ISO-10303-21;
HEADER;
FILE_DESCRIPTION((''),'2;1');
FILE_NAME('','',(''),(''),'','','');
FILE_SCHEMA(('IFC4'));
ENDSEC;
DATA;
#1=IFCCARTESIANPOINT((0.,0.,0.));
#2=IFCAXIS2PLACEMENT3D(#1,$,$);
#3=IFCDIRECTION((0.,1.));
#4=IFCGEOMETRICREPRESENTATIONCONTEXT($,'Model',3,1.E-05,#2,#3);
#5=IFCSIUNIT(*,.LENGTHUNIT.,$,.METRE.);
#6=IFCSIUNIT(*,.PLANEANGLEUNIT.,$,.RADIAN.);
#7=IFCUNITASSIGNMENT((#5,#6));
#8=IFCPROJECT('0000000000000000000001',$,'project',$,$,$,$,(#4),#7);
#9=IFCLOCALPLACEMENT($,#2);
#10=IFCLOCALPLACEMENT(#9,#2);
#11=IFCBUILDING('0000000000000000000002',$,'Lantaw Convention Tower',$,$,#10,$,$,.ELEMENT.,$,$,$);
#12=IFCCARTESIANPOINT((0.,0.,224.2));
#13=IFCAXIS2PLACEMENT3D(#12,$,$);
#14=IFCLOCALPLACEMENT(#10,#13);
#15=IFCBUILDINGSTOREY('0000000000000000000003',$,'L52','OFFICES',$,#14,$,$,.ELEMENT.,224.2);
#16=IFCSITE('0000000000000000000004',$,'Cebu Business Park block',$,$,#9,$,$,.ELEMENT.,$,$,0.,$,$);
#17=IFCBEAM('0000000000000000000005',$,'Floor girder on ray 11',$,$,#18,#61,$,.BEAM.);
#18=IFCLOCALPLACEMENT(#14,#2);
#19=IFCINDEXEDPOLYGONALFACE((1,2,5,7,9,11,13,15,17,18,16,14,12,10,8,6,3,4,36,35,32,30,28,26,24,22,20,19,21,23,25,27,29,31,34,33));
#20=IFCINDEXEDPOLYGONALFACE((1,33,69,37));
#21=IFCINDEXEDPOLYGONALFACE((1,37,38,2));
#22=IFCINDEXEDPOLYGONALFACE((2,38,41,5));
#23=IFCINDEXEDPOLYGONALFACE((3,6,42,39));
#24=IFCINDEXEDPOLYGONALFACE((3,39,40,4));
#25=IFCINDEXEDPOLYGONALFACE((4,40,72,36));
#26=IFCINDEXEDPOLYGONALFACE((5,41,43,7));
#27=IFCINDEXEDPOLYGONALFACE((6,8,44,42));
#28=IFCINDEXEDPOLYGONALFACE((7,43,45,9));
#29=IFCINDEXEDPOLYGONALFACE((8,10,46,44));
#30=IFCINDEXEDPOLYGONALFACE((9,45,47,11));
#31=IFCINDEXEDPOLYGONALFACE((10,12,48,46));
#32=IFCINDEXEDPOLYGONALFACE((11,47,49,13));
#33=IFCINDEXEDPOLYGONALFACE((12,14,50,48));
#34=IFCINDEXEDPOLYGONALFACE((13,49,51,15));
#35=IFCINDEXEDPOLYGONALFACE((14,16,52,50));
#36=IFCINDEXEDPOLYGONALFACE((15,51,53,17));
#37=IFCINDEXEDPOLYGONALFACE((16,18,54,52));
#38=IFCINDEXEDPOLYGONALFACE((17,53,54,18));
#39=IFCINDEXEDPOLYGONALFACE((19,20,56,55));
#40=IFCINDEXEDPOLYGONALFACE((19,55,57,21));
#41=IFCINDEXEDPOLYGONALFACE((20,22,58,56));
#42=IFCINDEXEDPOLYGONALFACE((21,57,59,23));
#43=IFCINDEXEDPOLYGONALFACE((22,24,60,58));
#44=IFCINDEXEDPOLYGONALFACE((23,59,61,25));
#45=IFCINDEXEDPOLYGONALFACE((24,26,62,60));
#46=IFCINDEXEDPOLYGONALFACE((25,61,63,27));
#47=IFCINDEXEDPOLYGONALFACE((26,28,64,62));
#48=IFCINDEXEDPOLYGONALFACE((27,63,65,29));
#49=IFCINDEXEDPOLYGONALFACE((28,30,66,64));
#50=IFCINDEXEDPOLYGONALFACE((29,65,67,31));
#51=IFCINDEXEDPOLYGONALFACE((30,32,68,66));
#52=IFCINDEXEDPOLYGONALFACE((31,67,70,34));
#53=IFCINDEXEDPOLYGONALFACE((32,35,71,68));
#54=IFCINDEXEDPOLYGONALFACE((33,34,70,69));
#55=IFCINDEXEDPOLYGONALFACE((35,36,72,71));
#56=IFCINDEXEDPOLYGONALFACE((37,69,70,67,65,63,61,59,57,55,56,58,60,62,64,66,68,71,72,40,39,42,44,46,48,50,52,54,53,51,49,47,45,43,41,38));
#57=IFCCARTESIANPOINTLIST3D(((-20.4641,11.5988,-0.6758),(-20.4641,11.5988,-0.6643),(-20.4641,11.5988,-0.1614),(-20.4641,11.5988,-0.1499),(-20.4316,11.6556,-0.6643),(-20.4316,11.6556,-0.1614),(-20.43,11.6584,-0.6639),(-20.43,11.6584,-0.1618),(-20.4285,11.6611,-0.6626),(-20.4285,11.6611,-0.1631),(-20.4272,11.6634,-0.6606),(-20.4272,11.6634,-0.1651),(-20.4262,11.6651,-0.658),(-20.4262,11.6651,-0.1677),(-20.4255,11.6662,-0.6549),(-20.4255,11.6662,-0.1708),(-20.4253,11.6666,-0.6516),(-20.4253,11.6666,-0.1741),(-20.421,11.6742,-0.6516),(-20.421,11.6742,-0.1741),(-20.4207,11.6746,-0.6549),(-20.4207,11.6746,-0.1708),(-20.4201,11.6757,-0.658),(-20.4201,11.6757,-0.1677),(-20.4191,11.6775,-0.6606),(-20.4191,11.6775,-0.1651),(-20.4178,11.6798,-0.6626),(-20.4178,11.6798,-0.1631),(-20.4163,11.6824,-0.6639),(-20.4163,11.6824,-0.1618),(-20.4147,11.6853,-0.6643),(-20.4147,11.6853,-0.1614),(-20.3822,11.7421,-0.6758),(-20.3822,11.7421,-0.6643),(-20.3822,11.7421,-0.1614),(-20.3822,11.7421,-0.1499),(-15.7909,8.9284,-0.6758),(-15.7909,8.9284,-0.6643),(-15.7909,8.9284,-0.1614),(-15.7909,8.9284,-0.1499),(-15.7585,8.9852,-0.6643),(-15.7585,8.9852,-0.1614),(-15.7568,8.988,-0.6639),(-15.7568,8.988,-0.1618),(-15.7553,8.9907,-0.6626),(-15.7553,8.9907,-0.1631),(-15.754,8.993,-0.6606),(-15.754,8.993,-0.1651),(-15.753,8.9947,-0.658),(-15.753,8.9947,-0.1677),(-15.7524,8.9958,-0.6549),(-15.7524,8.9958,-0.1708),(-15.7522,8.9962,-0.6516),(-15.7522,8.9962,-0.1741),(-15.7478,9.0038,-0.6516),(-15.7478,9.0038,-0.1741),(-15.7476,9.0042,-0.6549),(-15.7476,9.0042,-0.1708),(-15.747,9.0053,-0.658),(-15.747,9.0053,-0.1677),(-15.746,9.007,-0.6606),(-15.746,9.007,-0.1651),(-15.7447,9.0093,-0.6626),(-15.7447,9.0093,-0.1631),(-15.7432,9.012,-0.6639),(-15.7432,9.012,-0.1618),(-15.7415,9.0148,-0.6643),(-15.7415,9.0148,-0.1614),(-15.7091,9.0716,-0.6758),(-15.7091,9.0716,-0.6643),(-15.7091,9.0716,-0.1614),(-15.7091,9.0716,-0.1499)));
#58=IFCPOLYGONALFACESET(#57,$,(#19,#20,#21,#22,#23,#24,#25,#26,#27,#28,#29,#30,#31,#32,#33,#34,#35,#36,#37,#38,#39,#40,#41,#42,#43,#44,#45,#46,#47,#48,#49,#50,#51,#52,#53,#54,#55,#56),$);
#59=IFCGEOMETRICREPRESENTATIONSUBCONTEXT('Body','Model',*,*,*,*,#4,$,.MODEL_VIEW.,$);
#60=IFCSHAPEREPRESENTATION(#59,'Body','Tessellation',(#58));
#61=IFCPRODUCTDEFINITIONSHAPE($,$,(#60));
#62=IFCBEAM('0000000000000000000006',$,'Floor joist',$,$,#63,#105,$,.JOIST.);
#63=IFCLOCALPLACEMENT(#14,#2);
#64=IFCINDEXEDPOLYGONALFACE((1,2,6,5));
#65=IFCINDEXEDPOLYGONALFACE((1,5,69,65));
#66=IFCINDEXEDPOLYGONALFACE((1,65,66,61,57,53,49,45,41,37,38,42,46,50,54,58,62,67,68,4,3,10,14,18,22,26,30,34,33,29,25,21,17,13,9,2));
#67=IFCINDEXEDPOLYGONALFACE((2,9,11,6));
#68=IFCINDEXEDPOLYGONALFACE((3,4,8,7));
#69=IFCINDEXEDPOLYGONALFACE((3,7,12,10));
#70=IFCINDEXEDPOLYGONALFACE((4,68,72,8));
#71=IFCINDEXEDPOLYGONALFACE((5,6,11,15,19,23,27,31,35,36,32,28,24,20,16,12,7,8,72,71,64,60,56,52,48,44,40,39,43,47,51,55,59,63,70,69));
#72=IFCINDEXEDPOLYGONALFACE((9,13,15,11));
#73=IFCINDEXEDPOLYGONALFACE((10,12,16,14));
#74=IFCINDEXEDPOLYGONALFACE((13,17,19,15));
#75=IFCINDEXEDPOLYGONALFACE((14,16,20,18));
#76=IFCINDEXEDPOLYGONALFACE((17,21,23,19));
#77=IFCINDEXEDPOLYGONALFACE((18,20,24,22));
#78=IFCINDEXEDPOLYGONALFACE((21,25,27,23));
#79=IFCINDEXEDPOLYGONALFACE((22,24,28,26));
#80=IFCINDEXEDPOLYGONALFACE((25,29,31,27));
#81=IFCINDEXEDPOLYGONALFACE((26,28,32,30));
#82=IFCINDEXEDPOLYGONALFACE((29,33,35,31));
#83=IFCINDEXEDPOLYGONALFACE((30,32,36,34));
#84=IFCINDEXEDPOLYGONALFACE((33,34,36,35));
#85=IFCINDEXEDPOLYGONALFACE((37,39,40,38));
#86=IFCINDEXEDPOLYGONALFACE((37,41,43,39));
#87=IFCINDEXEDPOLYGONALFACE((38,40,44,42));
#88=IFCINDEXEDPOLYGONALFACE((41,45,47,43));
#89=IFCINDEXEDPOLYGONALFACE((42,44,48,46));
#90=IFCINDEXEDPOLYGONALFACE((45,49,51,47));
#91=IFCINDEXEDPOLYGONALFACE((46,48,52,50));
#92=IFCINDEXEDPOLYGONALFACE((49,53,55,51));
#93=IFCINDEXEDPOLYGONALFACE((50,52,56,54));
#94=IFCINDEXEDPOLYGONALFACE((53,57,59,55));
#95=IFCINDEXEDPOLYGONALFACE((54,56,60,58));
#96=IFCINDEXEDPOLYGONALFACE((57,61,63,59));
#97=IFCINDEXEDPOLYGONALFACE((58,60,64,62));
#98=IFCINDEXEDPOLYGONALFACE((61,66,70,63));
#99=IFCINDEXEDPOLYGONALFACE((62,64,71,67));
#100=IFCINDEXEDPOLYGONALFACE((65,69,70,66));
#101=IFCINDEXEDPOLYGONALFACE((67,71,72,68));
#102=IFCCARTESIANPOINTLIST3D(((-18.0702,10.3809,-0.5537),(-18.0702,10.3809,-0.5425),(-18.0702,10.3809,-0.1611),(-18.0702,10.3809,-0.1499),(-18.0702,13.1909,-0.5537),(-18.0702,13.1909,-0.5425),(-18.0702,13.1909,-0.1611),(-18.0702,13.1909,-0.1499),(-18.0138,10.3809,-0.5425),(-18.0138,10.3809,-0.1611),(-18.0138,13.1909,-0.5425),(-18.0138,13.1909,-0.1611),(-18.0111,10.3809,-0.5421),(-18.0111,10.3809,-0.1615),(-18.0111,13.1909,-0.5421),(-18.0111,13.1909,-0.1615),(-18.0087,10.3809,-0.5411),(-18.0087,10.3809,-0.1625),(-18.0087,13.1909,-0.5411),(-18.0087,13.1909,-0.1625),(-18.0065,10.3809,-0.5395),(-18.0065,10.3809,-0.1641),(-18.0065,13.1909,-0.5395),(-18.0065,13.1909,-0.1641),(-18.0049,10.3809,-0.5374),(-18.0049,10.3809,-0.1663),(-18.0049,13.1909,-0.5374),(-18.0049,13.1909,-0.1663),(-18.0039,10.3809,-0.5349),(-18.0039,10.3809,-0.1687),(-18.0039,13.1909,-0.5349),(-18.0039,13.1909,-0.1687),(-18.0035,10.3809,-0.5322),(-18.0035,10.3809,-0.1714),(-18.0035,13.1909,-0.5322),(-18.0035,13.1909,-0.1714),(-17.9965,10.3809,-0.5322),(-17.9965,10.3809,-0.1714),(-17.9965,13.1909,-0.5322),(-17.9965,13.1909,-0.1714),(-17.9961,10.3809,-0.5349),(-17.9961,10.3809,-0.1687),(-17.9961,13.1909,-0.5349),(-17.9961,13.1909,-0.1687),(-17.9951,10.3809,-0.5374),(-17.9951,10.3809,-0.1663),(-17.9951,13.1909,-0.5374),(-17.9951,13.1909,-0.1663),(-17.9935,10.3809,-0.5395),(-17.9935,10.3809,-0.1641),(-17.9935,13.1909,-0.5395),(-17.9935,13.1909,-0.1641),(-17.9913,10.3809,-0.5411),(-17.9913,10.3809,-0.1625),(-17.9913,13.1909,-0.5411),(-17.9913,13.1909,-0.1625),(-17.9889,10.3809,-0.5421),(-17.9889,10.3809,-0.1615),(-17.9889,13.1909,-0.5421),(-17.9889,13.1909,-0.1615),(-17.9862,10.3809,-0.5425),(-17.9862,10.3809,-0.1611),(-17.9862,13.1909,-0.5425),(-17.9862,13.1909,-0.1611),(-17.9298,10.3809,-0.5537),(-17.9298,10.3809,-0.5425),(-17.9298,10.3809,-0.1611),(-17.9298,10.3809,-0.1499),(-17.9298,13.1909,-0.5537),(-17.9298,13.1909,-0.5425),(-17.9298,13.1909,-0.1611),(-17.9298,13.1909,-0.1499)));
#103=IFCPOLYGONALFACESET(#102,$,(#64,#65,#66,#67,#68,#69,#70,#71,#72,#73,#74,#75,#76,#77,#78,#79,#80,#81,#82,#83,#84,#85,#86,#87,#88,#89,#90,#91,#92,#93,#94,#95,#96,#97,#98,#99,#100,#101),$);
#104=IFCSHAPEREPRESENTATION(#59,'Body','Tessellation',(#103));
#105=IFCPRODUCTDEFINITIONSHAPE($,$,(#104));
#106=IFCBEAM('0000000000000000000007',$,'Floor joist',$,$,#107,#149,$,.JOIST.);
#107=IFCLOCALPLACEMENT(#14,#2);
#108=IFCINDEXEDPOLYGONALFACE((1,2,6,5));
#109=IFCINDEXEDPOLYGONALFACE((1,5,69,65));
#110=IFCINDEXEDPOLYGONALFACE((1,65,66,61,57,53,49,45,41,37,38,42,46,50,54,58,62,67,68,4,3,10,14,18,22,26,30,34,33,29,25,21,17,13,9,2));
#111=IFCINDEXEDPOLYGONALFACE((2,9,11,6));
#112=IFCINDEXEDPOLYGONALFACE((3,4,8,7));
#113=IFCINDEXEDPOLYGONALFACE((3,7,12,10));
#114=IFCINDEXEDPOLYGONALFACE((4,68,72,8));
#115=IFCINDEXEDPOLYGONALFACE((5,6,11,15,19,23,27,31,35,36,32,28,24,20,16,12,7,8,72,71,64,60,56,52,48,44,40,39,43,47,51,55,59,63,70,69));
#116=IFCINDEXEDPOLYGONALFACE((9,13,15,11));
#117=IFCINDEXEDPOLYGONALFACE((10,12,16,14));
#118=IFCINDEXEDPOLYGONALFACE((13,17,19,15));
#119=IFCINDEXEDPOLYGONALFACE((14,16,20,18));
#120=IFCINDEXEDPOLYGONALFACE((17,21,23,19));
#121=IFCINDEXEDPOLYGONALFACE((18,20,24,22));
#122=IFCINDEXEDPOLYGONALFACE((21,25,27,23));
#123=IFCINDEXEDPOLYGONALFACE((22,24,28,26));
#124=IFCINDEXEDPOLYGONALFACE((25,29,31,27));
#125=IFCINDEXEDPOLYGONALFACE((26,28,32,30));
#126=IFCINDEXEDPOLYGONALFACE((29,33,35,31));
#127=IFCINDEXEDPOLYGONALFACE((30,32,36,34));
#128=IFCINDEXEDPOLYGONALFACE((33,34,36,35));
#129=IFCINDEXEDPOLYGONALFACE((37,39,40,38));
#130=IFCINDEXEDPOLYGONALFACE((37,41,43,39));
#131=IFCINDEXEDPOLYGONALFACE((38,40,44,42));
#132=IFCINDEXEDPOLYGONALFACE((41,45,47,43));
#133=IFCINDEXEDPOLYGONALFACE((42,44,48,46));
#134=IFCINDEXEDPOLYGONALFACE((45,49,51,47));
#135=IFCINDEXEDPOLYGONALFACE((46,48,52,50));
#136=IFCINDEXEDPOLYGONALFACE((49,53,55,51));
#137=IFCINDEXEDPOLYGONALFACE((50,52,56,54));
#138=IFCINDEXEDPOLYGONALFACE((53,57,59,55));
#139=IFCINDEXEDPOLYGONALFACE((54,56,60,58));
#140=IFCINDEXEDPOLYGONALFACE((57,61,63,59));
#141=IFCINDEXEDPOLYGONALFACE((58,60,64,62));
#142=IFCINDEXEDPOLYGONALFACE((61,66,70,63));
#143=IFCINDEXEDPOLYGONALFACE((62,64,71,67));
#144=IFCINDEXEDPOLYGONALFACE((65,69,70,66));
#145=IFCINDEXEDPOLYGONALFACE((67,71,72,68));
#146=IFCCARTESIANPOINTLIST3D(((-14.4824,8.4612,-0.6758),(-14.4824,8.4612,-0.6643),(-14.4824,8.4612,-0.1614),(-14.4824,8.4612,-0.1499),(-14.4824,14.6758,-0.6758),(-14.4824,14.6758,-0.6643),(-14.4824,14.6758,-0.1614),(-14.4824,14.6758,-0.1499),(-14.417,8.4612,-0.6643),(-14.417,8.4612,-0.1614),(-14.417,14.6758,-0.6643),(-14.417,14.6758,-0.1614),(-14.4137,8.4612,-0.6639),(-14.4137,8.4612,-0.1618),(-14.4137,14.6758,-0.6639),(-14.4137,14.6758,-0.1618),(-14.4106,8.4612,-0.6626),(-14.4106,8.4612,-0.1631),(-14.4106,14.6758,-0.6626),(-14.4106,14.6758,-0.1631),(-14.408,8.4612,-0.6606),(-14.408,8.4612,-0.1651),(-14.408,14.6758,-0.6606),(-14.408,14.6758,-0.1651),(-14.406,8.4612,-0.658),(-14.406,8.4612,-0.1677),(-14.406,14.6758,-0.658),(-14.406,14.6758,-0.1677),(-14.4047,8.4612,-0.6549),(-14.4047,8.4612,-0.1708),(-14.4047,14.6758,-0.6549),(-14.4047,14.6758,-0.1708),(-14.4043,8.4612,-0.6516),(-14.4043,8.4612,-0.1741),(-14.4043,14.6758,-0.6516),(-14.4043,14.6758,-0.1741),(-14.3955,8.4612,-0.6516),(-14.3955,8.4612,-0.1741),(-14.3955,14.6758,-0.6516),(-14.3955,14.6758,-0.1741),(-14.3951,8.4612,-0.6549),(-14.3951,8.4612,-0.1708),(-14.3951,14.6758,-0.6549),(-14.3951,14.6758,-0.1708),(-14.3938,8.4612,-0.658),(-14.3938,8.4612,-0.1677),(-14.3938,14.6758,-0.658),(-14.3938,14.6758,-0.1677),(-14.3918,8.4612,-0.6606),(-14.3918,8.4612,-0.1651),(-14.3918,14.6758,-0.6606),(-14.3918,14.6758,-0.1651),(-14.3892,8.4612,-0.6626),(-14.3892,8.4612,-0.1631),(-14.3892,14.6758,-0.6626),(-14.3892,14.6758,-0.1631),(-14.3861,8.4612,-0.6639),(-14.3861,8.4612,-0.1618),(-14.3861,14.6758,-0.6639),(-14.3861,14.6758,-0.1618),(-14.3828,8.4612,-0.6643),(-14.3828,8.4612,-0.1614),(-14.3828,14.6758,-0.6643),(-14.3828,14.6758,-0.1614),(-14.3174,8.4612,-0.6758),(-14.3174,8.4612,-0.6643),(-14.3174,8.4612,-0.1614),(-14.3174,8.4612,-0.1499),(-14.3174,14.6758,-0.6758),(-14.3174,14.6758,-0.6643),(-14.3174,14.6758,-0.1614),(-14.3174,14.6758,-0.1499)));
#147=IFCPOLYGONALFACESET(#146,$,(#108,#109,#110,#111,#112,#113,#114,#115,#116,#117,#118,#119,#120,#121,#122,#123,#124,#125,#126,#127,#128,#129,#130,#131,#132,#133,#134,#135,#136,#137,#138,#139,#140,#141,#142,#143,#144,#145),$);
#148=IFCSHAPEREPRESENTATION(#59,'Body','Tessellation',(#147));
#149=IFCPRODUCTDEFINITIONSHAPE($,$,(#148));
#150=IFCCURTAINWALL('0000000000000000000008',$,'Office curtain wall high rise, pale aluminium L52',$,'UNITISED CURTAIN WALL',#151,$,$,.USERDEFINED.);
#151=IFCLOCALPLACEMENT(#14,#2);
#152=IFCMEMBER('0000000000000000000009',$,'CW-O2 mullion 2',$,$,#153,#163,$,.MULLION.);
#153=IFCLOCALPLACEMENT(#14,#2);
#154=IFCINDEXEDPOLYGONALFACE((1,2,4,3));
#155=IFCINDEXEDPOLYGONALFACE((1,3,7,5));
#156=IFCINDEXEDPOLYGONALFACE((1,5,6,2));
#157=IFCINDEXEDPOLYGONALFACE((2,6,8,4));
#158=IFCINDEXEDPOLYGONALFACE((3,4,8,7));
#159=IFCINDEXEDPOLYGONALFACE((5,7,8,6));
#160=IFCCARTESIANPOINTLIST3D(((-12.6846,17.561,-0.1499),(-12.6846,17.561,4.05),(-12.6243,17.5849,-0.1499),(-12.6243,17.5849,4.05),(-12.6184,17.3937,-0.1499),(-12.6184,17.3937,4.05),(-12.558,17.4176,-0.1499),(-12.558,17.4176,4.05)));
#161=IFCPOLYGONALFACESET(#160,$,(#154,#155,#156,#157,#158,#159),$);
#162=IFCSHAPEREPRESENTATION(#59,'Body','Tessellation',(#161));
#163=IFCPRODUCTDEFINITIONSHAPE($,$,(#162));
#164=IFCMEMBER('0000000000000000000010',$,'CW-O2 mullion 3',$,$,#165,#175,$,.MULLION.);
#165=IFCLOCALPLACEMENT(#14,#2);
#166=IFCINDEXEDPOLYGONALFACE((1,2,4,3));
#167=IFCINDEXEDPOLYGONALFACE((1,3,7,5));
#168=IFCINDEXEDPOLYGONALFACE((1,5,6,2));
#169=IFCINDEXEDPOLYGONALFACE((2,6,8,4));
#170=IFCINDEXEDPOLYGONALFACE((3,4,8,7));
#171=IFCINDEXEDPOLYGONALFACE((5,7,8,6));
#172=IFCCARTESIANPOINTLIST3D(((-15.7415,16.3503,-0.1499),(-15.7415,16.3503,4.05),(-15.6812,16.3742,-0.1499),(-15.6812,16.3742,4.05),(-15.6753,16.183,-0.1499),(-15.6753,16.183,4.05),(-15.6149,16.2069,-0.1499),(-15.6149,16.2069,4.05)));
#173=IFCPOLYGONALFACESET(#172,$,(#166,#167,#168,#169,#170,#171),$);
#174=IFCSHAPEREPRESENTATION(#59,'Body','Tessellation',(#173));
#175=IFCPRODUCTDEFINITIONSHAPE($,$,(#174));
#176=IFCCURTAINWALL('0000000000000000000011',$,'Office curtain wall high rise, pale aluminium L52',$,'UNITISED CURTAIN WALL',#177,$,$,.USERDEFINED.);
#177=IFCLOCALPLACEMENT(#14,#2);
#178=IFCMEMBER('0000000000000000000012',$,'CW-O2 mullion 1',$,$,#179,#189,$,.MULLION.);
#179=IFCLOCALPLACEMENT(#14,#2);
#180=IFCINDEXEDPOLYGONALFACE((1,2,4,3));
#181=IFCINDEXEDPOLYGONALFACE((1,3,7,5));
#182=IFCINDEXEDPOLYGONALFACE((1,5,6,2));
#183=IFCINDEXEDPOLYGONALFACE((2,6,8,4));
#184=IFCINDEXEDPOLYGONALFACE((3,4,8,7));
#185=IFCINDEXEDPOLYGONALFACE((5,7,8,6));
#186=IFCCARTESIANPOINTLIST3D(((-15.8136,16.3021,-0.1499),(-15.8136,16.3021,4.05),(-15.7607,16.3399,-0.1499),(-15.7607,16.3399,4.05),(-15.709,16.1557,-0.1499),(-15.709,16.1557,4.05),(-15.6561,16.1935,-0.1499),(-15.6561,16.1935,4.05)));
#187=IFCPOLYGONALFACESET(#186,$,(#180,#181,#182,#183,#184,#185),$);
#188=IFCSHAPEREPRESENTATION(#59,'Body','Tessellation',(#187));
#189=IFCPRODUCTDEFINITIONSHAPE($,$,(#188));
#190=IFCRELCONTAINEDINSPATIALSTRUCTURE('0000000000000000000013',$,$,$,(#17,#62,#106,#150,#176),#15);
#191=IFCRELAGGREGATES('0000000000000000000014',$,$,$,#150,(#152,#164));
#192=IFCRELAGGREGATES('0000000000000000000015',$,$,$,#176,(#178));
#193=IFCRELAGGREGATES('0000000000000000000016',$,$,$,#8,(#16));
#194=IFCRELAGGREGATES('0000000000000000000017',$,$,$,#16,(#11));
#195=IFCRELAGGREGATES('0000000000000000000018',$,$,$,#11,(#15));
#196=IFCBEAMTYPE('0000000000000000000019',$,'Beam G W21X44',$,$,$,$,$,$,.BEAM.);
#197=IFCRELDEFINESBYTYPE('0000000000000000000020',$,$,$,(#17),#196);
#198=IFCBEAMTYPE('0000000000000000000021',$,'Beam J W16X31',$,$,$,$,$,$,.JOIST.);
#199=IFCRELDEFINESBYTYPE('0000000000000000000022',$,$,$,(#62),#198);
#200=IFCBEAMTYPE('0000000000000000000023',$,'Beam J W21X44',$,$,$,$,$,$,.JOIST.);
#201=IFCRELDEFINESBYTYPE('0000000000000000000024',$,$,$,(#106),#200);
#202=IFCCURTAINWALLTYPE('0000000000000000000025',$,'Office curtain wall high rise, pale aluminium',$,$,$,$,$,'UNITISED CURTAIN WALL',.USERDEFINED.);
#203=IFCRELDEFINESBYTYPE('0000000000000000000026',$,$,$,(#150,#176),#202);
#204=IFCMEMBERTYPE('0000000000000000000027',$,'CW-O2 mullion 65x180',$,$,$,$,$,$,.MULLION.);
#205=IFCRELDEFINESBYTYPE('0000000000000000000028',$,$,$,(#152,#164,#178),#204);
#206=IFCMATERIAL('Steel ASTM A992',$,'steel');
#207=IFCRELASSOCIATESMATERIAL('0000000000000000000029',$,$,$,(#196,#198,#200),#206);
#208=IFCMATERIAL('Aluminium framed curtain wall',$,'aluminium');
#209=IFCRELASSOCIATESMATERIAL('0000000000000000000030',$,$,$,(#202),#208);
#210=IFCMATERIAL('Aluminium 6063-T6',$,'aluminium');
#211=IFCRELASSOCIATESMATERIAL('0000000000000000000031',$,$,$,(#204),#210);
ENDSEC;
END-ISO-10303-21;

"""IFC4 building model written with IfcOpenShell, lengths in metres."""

from ifc_helpers import new_model, si_unit, direction, frame, origin, origin_2d, place, context, subcontext, project, spatial, rectangle, i_section, extrude, material, material_profile, profile_set, type_object, element, aggregate, save


model = new_model("IFC4")

# Units and contexts
model_context = context("Model", 3, precision=1e-05, world=origin(), true_north=direction((0.0, 1.0)))
body_context = subcontext(model_context, "Body", "Model", "MODEL_VIEW")
ifc_project = project(units=[si_unit("LENGTHUNIT", "METRE"), si_unit("PLANEANGLEUNIT", "RADIAN")], contexts=[model_context])

# Site, building, storey
site_placement = place(None, origin())
site = spatial("IfcSite", under=ifc_project, at=site_placement, Name="Cebu Business Park block", CompositionType="ELEMENT", RefElevation=0.0)
building_placement = place(site_placement, origin())
building = spatial("IfcBuilding", under=site, at=building_placement, Name="Lantaw Convention Tower", CompositionType="ELEMENT")
storey_placement = place(building_placement, frame((0.0, 0.0, 224.2)))
storey = spatial("IfcBuildingStorey", under=building, at=storey_placement, Name="L52", Description="OFFICES", CompositionType="ELEMENT", Elevation=224.2)

# Beams
ifc_material_1 = material(Name="Steel ASTM A992", Category="steel")
ifc_material_profile_1 = material_profile(ifc_material_1, i_section(OverallWidth=0.165, OverallDepth=0.5259, WebThickness=0.0088, FlangeThickness=0.0115, FilletRadius=0.0127, at=origin_2d()), Name="W21X44")
ifc_profile_set_1 = profile_set([ifc_material_profile_1], Name="Steel ASTM A992")
beam_type_1 = type_object("IfcBeamType", Name="Beam G W21X44", PredefinedType="BEAM", material=ifc_profile_set_1)
beam_1_placement = place(storey_placement, frame((-15.75, 9.0, -0.4128), z_axis=(-0.868238, 0.496149, 0.0), x_axis=(-0.496149, -0.868238, 0.0)))
element("IfcBeam", 1, at=beam_1_placement, inside=storey, type_object=beam_type_1, Name="Floor girder on ray 11", PredefinedType="BEAM", context=body_context, shape_type="SweptSolid", body=[
    extrude(i_section(OverallWidth=0.165, OverallDepth=0.5259, WebThickness=0.0088, FlangeThickness=0.0115, FilletRadius=0.0127, at=origin_2d()), origin(), (0.0, 0.0, 1.0), 5.3823),
])
ifc_material_profile_2 = material_profile(ifc_material_1, i_section(OverallWidth=0.1404, OverallDepth=0.4038, WebThickness=0.0071, FlangeThickness=0.0112, FilletRadius=0.0103, at=origin_2d()), Name="W16X31")
ifc_profile_set_2 = profile_set([ifc_material_profile_2], Name="Steel ASTM A992")
beam_type_2 = type_object("IfcBeamType", Name="Beam J W16X31", PredefinedType="JOIST", material=ifc_profile_set_2)
beam_2_placement = place(storey_placement, frame((-18.0, 10.3809, -0.3518), z_axis=(0.0, 1.0, 0.0), x_axis=(-1.0, 0.0, 0.0)))
element("IfcBeam", 2, at=beam_2_placement, inside=storey, type_object=beam_type_2, Name="Floor joist", PredefinedType="JOIST", context=body_context, shape_type="SweptSolid", body=[
    extrude(i_section(OverallWidth=0.1404, OverallDepth=0.4038, WebThickness=0.0071, FlangeThickness=0.0112, FilletRadius=0.0103, at=origin_2d()), origin(), (0.0, 0.0, 1.0), 2.8101),
])
ifc_material_profile_3 = material_profile(ifc_material_1, i_section(OverallWidth=0.165, OverallDepth=0.5259, WebThickness=0.0088, FlangeThickness=0.0115, FilletRadius=0.0127, at=origin_2d()), Name="W21X44")
ifc_profile_set_3 = profile_set([ifc_material_profile_3], Name="Steel ASTM A992")
beam_type_3 = type_object("IfcBeamType", Name="Beam J W21X44", PredefinedType="JOIST", material=ifc_profile_set_3)
beam_3_placement = place(storey_placement, frame((-14.3999, 8.4612, -0.4128), z_axis=(0.0, 1.0, 0.0), x_axis=(-1.0, 0.0, 0.0)))
element("IfcBeam", 3, at=beam_3_placement, inside=storey, type_object=beam_type_3, Name="Floor joist", PredefinedType="JOIST", context=body_context, shape_type="SweptSolid", body=[
    extrude(i_section(OverallWidth=0.165, OverallDepth=0.5259, WebThickness=0.0088, FlangeThickness=0.0115, FilletRadius=0.0127, at=origin_2d()), origin(), (0.0, 0.0, 1.0), 6.2146),
])

# Curtain walls, members
ifc_material_2 = material(Name="Aluminium framed curtain wall", Category="aluminium")
curtain_wall_type = type_object("IfcCurtainWallType", Name="Office curtain wall high rise, pale aluminium", ElementType="UNITISED CURTAIN WALL", PredefinedType="USERDEFINED", material=ifc_material_2)
curtain_wall_1_placement = place(storey_placement, origin())
curtain_wall_1 = element("IfcCurtainWall", 4, at=curtain_wall_1_placement, inside=storey, type_object=curtain_wall_type, Name="Office curtain wall high rise, pale aluminium L52", ObjectType="UNITISED CURTAIN WALL", PredefinedType="USERDEFINED")
ifc_material_3 = material(Name="Aluminium 6063-T6", Category="aluminium")
ifc_material_profile_4 = material_profile(ifc_material_3, rectangle(XDim=0.1799, YDim=0.0649, at=origin_2d()), Name="CW-O2 mullion 65x180")
ifc_profile_set_4 = profile_set([ifc_material_profile_4], Name="Aluminium 6063-T6")
member_type_1 = type_object("IfcMemberType", Name="CW-O2 mullion 65x180", PredefinedType="MULLION", material=ifc_profile_set_4)
member_1_placement = place(storey_placement, frame((-12.6213, 17.4893, -0.1499), z_axis=(0.0, 0.0, 1.0), x_axis=(0.368162, -0.929762, 0.0)))
member_1 = element("IfcMember", 5, at=member_1_placement, type_object=member_type_1, Name="CW-O2 mullion 2", PredefinedType="MULLION", context=body_context, shape_type="SweptSolid", body=[
    extrude(rectangle(XDim=0.1799, YDim=0.0649, at=origin_2d()), origin(), (0.0, 0.0, 1.0), 4.2),
])
member_2_placement = place(storey_placement, frame((-15.6782, 16.2786, -0.1499), z_axis=(0.0, 0.0, 1.0), x_axis=(0.368162, -0.929762, 0.0)))
member_2 = element("IfcMember", 6, at=member_2_placement, type_object=member_type_1, Name="CW-O2 mullion 3", PredefinedType="MULLION", context=body_context, shape_type="SweptSolid", body=[
    extrude(rectangle(XDim=0.1799, YDim=0.0649, at=origin_2d()), origin(), (0.0, 0.0, 1.0), 4.2),
])
curtain_wall_2_placement = place(storey_placement, origin())
curtain_wall_2 = element("IfcCurtainWall", 7, at=curtain_wall_2_placement, inside=storey, type_object=curtain_wall_type, Name="Office curtain wall high rise, pale aluminium L52", ObjectType="UNITISED CURTAIN WALL", PredefinedType="USERDEFINED")
member_3_placement = place(storey_placement, frame((-15.7349, 16.2478, -0.1499), z_axis=(0.0, 0.0, 1.0), x_axis=(0.581323, -0.813673, 0.0)))
member_3 = element("IfcMember", 8, at=member_3_placement, type_object=member_type_1, Name="CW-O2 mullion 1", PredefinedType="MULLION", context=body_context, shape_type="SweptSolid", body=[
    extrude(rectangle(XDim=0.1799, YDim=0.0649, at=origin_2d()), origin(), (0.0, 0.0, 1.0), 4.2),
])

aggregate(curtain_wall_1, [member_1, member_2])
aggregate(curtain_wall_2, [member_3])

save(model, "model.ifc")
